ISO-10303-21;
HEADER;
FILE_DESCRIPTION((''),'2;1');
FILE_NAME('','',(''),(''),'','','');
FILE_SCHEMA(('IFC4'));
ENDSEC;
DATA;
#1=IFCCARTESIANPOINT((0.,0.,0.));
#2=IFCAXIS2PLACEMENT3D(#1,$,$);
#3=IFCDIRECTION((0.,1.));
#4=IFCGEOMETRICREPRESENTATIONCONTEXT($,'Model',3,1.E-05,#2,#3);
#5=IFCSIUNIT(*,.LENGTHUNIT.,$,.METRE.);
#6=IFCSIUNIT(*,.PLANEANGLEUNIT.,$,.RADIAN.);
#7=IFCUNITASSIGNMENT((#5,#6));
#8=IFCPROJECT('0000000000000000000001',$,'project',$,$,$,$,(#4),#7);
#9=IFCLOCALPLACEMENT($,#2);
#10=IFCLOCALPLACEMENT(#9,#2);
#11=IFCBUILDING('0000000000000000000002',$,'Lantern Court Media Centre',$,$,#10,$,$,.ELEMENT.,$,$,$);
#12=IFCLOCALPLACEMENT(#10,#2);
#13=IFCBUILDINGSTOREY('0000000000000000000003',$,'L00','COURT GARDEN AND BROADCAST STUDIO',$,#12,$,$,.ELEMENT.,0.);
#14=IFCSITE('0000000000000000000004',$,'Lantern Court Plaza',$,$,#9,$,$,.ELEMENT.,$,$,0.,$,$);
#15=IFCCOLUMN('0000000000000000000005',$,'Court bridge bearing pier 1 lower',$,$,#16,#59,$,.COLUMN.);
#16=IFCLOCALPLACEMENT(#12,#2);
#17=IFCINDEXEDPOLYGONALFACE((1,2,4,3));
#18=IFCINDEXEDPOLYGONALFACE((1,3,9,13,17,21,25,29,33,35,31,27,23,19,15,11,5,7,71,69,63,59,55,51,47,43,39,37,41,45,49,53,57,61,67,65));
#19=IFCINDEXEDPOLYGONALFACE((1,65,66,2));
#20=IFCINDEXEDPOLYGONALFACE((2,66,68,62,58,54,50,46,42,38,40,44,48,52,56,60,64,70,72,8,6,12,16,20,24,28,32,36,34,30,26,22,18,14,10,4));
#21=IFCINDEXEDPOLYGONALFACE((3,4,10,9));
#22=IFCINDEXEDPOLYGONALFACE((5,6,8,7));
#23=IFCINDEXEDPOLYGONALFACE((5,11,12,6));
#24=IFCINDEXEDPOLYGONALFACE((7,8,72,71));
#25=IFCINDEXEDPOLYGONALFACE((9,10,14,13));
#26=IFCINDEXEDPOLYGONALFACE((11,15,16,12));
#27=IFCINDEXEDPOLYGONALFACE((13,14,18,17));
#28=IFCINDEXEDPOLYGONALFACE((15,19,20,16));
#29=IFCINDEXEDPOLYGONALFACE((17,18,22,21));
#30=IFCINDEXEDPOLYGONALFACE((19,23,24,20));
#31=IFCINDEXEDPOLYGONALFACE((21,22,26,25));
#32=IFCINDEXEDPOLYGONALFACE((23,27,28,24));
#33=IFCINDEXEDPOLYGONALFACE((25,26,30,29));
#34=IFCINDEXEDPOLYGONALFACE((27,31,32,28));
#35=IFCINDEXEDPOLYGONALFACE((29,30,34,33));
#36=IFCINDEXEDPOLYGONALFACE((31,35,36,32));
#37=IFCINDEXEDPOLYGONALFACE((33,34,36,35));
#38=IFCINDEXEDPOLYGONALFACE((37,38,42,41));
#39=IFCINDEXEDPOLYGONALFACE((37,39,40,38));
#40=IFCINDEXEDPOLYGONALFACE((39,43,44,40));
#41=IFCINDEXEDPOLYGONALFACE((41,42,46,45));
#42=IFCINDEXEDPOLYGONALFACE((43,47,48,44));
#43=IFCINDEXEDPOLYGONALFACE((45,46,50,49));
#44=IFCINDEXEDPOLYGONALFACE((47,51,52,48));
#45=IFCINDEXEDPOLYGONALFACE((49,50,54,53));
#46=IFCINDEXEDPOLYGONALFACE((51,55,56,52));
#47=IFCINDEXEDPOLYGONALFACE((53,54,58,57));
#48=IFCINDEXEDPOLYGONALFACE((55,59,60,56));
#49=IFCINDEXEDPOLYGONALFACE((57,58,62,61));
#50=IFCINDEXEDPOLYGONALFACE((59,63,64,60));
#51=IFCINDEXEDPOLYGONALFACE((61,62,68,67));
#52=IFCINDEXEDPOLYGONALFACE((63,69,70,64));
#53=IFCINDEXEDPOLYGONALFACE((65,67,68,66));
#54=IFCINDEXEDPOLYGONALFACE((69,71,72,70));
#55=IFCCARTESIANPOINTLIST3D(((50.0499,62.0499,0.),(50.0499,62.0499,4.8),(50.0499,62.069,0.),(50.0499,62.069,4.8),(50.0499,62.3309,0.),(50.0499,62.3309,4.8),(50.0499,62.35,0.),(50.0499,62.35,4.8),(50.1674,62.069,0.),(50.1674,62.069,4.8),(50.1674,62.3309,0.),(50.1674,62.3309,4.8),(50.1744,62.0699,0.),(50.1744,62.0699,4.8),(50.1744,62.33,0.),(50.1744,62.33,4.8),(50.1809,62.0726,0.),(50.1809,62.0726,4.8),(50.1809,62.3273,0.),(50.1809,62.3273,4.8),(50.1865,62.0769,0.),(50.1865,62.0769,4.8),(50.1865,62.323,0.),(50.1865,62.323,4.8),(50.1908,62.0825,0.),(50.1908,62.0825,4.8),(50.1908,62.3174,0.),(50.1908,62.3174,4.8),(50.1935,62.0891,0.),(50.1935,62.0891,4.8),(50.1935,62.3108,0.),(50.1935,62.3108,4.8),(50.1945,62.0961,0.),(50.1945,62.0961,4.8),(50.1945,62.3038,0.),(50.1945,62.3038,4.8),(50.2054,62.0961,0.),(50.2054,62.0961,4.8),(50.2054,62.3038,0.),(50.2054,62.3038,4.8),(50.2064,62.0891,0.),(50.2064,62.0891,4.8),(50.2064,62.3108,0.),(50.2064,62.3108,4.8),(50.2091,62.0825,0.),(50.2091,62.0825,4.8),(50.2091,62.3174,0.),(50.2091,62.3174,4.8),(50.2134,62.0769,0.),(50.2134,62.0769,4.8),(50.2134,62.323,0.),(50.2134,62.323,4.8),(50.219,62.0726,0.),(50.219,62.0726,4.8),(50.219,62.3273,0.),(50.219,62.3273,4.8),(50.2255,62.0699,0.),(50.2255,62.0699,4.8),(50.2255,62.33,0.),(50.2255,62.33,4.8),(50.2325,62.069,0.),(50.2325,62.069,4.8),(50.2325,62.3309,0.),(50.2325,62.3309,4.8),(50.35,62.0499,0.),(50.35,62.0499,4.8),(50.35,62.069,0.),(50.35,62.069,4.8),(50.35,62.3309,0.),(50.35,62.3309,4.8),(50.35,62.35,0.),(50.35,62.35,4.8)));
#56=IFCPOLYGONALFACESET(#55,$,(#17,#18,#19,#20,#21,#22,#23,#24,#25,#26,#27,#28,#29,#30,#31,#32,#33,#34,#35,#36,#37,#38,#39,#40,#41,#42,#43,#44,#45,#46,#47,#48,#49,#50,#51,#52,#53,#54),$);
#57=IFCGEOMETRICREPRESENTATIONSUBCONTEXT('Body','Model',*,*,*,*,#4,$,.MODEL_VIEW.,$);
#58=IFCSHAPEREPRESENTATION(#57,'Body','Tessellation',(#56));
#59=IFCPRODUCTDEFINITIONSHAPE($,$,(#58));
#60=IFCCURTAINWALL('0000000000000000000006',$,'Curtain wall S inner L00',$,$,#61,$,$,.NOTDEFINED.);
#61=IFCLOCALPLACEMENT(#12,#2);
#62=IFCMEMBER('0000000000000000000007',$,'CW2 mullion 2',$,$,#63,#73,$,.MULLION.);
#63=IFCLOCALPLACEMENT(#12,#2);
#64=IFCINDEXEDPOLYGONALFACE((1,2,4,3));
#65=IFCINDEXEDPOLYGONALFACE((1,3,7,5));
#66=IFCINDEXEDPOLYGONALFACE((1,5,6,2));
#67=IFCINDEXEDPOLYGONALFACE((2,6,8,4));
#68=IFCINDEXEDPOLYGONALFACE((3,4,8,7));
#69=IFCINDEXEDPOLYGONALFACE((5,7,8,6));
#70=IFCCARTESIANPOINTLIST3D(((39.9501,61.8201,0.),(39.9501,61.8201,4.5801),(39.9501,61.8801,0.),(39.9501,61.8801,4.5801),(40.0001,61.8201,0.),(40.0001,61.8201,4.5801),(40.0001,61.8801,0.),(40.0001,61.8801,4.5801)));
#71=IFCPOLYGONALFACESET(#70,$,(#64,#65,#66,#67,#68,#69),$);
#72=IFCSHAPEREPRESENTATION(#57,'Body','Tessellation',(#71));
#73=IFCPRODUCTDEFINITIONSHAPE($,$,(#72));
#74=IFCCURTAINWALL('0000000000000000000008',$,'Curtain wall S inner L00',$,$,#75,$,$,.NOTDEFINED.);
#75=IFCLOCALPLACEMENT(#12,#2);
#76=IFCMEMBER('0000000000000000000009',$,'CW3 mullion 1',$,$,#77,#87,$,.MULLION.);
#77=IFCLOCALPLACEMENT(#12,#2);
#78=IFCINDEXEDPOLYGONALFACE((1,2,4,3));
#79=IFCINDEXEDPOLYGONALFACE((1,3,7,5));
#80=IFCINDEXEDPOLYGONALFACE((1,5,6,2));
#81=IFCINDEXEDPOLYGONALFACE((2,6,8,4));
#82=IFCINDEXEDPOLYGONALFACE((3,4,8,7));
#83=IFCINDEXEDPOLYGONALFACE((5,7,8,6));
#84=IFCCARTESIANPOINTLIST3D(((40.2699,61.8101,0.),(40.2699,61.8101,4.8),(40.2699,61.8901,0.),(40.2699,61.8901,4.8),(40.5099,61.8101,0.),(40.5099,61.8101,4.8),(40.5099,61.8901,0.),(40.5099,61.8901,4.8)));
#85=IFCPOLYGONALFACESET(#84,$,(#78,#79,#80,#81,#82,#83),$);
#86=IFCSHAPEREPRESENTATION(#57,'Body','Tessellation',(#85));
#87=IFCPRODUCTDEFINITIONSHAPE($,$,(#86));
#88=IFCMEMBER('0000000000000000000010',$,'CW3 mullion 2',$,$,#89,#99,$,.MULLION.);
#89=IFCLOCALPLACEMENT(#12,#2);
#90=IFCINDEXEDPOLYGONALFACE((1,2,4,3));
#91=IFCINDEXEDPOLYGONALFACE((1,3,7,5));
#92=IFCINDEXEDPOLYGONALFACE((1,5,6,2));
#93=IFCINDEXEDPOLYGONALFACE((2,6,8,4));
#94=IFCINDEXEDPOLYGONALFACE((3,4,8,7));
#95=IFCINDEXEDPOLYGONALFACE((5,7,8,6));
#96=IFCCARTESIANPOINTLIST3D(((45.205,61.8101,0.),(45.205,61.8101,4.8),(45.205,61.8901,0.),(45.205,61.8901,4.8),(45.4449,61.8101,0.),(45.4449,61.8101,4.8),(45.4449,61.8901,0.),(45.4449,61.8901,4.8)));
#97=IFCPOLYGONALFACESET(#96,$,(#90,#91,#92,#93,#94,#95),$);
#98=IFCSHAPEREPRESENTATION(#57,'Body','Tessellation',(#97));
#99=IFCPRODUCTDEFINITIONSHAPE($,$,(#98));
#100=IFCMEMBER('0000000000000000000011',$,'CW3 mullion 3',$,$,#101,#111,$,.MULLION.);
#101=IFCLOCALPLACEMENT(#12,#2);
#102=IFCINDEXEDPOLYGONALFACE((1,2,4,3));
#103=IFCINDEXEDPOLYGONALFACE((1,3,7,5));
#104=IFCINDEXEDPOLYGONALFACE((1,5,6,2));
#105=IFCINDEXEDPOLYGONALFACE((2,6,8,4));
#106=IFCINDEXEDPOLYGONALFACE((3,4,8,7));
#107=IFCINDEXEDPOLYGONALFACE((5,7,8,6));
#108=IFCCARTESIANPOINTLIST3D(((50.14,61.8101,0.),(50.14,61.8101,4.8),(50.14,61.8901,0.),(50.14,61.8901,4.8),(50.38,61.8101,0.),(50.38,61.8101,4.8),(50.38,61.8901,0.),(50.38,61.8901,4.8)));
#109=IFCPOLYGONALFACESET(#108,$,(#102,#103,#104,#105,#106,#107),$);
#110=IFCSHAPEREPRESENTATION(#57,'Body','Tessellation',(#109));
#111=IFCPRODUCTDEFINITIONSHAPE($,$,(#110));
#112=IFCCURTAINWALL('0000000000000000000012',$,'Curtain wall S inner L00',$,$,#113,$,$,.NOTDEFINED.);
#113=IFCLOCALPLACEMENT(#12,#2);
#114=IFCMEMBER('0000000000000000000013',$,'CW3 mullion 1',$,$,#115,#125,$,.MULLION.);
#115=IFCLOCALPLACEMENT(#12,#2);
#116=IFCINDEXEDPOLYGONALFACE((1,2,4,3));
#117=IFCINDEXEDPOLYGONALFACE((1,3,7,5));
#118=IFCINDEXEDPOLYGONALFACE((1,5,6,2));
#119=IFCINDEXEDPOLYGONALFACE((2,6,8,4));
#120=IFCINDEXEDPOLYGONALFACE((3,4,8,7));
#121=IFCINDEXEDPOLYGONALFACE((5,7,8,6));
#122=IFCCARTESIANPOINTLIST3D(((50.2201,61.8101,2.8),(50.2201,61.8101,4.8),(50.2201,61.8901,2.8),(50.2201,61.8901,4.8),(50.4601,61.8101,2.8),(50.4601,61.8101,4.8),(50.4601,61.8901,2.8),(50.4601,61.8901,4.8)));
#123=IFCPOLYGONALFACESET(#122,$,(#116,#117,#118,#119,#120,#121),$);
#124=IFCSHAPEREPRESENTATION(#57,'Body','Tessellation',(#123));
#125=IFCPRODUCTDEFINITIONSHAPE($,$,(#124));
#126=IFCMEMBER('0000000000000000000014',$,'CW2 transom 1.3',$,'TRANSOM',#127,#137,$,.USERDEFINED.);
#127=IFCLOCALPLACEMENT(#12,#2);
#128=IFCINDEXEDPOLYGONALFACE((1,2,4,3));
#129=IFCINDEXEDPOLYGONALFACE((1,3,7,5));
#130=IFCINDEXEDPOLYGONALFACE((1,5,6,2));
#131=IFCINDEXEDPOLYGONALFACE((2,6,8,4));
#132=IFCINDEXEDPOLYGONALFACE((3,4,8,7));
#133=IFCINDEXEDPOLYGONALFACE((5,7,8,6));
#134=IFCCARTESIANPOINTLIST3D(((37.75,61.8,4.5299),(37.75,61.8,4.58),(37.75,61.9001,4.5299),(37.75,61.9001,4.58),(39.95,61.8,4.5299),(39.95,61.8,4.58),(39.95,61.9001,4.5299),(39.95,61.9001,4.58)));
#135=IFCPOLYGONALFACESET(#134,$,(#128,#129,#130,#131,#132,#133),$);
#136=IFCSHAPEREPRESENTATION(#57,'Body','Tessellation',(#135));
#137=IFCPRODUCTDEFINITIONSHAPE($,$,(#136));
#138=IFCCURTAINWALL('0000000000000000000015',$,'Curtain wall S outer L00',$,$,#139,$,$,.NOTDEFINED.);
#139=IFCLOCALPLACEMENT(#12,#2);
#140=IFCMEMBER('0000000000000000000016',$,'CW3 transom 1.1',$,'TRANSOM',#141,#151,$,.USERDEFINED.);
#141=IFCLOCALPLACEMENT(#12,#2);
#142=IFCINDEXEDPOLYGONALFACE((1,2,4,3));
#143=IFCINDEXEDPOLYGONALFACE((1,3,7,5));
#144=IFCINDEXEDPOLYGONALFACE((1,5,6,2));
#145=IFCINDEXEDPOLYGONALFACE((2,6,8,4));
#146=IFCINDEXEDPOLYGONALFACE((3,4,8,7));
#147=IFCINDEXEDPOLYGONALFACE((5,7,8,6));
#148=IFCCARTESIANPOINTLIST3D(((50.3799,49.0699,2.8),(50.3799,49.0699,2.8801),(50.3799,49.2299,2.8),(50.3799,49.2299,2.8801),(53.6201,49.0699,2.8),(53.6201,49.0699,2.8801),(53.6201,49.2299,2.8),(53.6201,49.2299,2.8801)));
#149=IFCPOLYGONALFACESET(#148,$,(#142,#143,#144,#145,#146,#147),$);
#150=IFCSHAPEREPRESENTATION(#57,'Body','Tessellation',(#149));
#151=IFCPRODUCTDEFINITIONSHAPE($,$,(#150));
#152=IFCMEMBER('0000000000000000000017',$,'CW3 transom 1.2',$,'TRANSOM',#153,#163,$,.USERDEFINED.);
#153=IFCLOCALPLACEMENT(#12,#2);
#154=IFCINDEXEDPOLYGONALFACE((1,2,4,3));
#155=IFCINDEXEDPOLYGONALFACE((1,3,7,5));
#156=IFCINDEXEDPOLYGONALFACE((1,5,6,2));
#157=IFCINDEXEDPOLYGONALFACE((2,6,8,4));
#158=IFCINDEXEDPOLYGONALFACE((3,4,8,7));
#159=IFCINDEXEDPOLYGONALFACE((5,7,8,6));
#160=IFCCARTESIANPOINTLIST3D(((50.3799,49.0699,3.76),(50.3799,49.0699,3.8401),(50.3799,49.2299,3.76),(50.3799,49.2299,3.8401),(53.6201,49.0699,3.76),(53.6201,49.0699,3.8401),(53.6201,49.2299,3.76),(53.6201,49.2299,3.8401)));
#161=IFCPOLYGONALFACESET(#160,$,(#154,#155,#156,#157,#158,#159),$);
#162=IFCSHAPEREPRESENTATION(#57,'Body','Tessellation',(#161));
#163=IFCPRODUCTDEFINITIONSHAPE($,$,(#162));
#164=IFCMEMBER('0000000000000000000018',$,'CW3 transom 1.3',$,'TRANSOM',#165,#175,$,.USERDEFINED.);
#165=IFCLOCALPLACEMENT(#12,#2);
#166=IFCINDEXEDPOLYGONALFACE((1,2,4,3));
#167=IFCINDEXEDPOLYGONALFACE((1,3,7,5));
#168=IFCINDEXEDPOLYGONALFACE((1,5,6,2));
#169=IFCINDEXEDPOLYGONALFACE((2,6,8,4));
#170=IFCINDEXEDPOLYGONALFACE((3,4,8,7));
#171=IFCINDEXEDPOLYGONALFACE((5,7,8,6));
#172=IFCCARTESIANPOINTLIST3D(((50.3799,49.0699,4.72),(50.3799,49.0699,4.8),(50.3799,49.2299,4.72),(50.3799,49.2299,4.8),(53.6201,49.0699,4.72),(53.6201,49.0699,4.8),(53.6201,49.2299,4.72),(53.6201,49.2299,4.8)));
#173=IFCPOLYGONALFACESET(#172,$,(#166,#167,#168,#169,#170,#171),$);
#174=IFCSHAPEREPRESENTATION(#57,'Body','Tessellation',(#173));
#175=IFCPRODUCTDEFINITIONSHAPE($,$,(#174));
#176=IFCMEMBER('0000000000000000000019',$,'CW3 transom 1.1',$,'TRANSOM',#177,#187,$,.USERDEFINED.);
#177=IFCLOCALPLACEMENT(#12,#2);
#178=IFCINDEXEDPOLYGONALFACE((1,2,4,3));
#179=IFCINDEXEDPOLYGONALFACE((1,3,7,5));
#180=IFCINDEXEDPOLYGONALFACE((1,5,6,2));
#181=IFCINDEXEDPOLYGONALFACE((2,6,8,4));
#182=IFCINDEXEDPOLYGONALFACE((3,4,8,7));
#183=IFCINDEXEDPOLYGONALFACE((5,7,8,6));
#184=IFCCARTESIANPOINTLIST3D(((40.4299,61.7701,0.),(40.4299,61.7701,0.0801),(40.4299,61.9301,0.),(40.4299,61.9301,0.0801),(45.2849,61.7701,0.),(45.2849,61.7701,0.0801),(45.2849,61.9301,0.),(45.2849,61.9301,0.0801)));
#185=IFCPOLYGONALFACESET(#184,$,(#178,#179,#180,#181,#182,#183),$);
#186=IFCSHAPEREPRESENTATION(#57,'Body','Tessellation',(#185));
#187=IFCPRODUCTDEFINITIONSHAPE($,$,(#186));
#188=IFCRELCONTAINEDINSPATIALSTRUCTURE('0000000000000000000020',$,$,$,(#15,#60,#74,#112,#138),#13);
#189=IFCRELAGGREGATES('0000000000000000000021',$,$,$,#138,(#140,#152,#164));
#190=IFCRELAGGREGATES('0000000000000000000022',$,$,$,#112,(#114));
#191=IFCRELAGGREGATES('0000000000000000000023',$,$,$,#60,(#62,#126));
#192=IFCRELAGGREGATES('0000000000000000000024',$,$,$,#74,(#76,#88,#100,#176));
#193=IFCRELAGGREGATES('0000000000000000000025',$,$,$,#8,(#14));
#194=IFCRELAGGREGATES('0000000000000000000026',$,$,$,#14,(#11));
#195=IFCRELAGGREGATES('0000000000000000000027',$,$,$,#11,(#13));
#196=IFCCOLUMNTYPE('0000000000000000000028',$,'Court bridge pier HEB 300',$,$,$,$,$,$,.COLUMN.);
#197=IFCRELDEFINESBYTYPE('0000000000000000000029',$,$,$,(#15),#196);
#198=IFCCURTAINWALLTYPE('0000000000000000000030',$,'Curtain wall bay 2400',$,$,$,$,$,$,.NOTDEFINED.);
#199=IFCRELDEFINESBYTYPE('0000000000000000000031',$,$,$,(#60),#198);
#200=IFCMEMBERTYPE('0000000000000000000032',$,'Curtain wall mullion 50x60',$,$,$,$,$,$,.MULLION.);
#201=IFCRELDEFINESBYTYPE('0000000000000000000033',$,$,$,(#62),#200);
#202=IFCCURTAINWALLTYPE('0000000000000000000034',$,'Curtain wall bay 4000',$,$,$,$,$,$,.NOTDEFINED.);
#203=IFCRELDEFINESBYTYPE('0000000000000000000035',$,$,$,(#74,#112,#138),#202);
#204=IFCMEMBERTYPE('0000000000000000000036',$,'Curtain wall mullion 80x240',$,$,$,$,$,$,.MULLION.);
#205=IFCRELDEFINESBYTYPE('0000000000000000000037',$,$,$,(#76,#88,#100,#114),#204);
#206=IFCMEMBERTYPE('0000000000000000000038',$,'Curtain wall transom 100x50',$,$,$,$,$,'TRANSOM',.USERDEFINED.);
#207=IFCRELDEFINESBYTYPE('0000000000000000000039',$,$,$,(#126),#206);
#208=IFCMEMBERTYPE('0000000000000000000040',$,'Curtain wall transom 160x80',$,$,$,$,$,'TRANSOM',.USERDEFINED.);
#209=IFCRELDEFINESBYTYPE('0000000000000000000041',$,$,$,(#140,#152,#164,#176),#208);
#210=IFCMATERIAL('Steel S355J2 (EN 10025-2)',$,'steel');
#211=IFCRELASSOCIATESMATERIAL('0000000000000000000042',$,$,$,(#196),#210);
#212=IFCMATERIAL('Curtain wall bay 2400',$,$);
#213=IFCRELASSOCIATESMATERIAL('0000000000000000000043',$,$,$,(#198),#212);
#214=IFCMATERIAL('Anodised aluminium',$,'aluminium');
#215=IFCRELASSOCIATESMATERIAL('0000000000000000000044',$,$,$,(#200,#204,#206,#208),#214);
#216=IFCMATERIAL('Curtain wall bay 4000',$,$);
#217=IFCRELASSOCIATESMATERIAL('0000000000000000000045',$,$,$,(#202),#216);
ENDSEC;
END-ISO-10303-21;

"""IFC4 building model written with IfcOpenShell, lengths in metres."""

from ifc_helpers import new_model, si_unit, direction, frame, origin, origin_2d, place, context, subcontext, project, spatial, rectangle, i_section, extrude, material, material_profile, profile_set, type_object, element, aggregate, save


model = new_model("IFC4")

# Units and contexts
model_context = context("Model", 3, precision=1e-05, world=origin(), true_north=direction((0.0, 1.0)))
body_context = subcontext(model_context, "Body", "Model", "MODEL_VIEW")
ifc_project = project(units=[si_unit("LENGTHUNIT", "METRE"), si_unit("PLANEANGLEUNIT", "RADIAN")], contexts=[model_context])

# Site, building, storey
site_placement = place(None, origin())
site = spatial("IfcSite", under=ifc_project, at=site_placement, Name="Lantern Court Plaza", CompositionType="ELEMENT", RefElevation=0.0)
building_placement = place(site_placement, origin())
building = spatial("IfcBuilding", under=site, at=building_placement, Name="Lantern Court Media Centre", CompositionType="ELEMENT")
storey_placement = place(building_placement, origin())
storey = spatial("IfcBuildingStorey", under=building, at=storey_placement, Name="L00", Description="COURT GARDEN AND BROADCAST STUDIO", CompositionType="ELEMENT", Elevation=0.0)

# Column
ifc_material_1 = material(Name="Steel S355J2 (EN 10025-2)", Category="steel")
ifc_material_profile_1 = material_profile(ifc_material_1, i_section(OverallWidth=0.3, OverallDepth=0.3, WebThickness=0.011, FlangeThickness=0.019, FilletRadius=0.0271, at=origin_2d()), Name="HEB 300")
ifc_profile_set_1 = profile_set([ifc_material_profile_1], Name="Steel S355J2 (EN 10025-2)")
column_type = type_object("IfcColumnType", Name="Court bridge pier HEB 300", PredefinedType="COLUMN", material=ifc_profile_set_1)
column_placement = place(storey_placement, frame((50.2, 62.2, 0.0), z_axis=(0.0, 0.0, 1.0), x_axis=(1.0, 0.0, 0.0)))
element("IfcColumn", 1, at=column_placement, inside=storey, type_object=column_type, Name="Court bridge bearing pier 1 lower", PredefinedType="COLUMN", context=body_context, shape_type="SweptSolid", body=[
    extrude(i_section(OverallWidth=0.3, OverallDepth=0.3, WebThickness=0.011, FlangeThickness=0.019, FilletRadius=0.0271, at=origin_2d()), origin(), (0.0, 0.0, 1.0), 4.8),
])

# Curtain wall, member
ifc_material_2 = material(Name="Curtain wall bay 2400")
curtain_wall_type_1 = type_object("IfcCurtainWallType", Name="Curtain wall bay 2400", PredefinedType="NOTDEFINED", material=ifc_material_2)
curtain_wall_1_placement = place(storey_placement, origin())
curtain_wall_1 = element("IfcCurtainWall", 2, at=curtain_wall_1_placement, inside=storey, type_object=curtain_wall_type_1, Name="Curtain wall S inner L00", PredefinedType="NOTDEFINED")
ifc_material_3 = material(Name="Anodised aluminium", Category="aluminium")
ifc_material_profile_2 = material_profile(ifc_material_3, rectangle(XDim=0.0601, YDim=0.05, at=origin_2d()), Name="AL 50x60")
ifc_profile_set_2 = profile_set([ifc_material_profile_2], Name="Anodised aluminium")
member_type_1 = type_object("IfcMemberType", Name="Curtain wall mullion 50x60", PredefinedType="MULLION", material=ifc_profile_set_2)
member_1_placement = place(storey_placement, frame((39.9751, 61.8501, 0.0), z_axis=(0.0, 0.0, 1.0), x_axis=(0.0, 1.0, 0.0)))
member_1 = element("IfcMember", 3, at=member_1_placement, type_object=member_type_1, Name="CW2 mullion 2", PredefinedType="MULLION", context=body_context, shape_type="SweptSolid", body=[
    extrude(rectangle(XDim=0.0601, YDim=0.05, at=origin_2d()), origin(), (0.0, 0.0, 1.0), 4.5801),
])

# Curtain wall, members
ifc_material_4 = material(Name="Curtain wall bay 4000")
curtain_wall_type_2 = type_object("IfcCurtainWallType", Name="Curtain wall bay 4000", PredefinedType="NOTDEFINED", material=ifc_material_4)
curtain_wall_2_placement = place(storey_placement, origin())
curtain_wall_2 = element("IfcCurtainWall", 4, at=curtain_wall_2_placement, inside=storey, type_object=curtain_wall_type_2, Name="Curtain wall S inner L00", PredefinedType="NOTDEFINED")
ifc_material_profile_3 = material_profile(ifc_material_3, rectangle(XDim=0.0801, YDim=0.24, at=origin_2d()), Name="AL 80x240")
ifc_profile_set_3 = profile_set([ifc_material_profile_3], Name="Anodised aluminium")
member_type_2 = type_object("IfcMemberType", Name="Curtain wall mullion 80x240", PredefinedType="MULLION", material=ifc_profile_set_3)
member_2_placement = place(storey_placement, frame((40.3899, 61.8501, 0.0), z_axis=(0.0, 0.0, 1.0), x_axis=(0.0, 1.0, 0.0)))
member_2 = element("IfcMember", 5, at=member_2_placement, type_object=member_type_2, Name="CW3 mullion 1", PredefinedType="MULLION", context=body_context, shape_type="SweptSolid", body=[
    extrude(rectangle(XDim=0.0801, YDim=0.24, at=origin_2d()), origin(), (0.0, 0.0, 1.0), 4.8),
])
member_3_placement = place(storey_placement, frame((45.325, 61.8501, 0.0), z_axis=(0.0, 0.0, 1.0), x_axis=(0.0, 1.0, 0.0)))
member_3 = element("IfcMember", 6, at=member_3_placement, type_object=member_type_2, Name="CW3 mullion 2", PredefinedType="MULLION", context=body_context, shape_type="SweptSolid", body=[
    extrude(rectangle(XDim=0.0801, YDim=0.24, at=origin_2d()), origin(), (0.0, 0.0, 1.0), 4.8),
])
member_4_placement = place(storey_placement, frame((50.26, 61.8501, 0.0), z_axis=(0.0, 0.0, 1.0), x_axis=(0.0, 1.0, 0.0)))
member_4 = element("IfcMember", 7, at=member_4_placement, type_object=member_type_2, Name="CW3 mullion 3", PredefinedType="MULLION", context=body_context, shape_type="SweptSolid", body=[
    extrude(rectangle(XDim=0.0801, YDim=0.24, at=origin_2d()), origin(), (0.0, 0.0, 1.0), 4.8),
])

# Curtain wall, member
curtain_wall_3_placement = place(storey_placement, origin())
curtain_wall_3 = element("IfcCurtainWall", 8, at=curtain_wall_3_placement, inside=storey, type_object=curtain_wall_type_2, Name="Curtain wall S inner L00", PredefinedType="NOTDEFINED")
member_5_placement = place(storey_placement, frame((50.3401, 61.8501, 2.8), z_axis=(0.0, 0.0, 1.0), x_axis=(0.0, 1.0, 0.0)))
member_5 = element("IfcMember", 9, at=member_5_placement, type_object=member_type_2, Name="CW3 mullion 1", PredefinedType="MULLION", context=body_context, shape_type="SweptSolid", body=[
    extrude(rectangle(XDim=0.0801, YDim=0.24, at=origin_2d()), origin(), (0.0, 0.0, 1.0), 2.0),
])

# Member
ifc_material_profile_4 = material_profile(ifc_material_3, rectangle(XDim=0.1001, YDim=0.05, at=origin_2d()), Name="AL 50x100")
ifc_profile_set_4 = profile_set([ifc_material_profile_4], Name="Anodised aluminium")
member_type_3 = type_object("IfcMemberType", Name="Curtain wall transom 100x50", ElementType="TRANSOM", PredefinedType="USERDEFINED", material=ifc_profile_set_4)
member_6_placement = place(storey_placement, frame((37.75, 61.8501, 4.5549), z_axis=(1.0, 0.0, 0.0), x_axis=(0.0, 1.0, 0.0)))
member_6 = element("IfcMember", 10, at=member_6_placement, type_object=member_type_3, Name="CW2 transom 1.3", ObjectType="TRANSOM", PredefinedType="USERDEFINED", context=body_context, shape_type="SweptSolid", body=[
    extrude(rectangle(XDim=0.1001, YDim=0.05, at=origin_2d()), origin(), (0.0, 0.0, 1.0), 2.2),
])

# Curtain wall, members
curtain_wall_4_placement = place(storey_placement, origin())
curtain_wall_4 = element("IfcCurtainWall", 11, at=curtain_wall_4_placement, inside=storey, type_object=curtain_wall_type_2, Name="Curtain wall S outer L00", PredefinedType="NOTDEFINED")
ifc_material_profile_5 = material_profile(ifc_material_3, rectangle(XDim=0.1599, YDim=0.0801, at=origin_2d()), Name="AL 80x160")
ifc_profile_set_5 = profile_set([ifc_material_profile_5], Name="Anodised aluminium")
member_type_4 = type_object("IfcMemberType", Name="Curtain wall transom 160x80", ElementType="TRANSOM", PredefinedType="USERDEFINED", material=ifc_profile_set_5)
member_7_placement = place(storey_placement, frame((50.3799, 49.1499, 2.8401), z_axis=(1.0, 0.0, 0.0), x_axis=(0.0, 1.0, 0.0)))
member_7 = element("IfcMember", 12, at=member_7_placement, type_object=member_type_4, Name="CW3 transom 1.1", ObjectType="TRANSOM", PredefinedType="USERDEFINED", context=body_context, shape_type="SweptSolid", body=[
    extrude(rectangle(XDim=0.1599, YDim=0.0801, at=origin_2d()), origin(), (0.0, 0.0, 1.0), 3.2402),
])
member_8_placement = place(storey_placement, frame((50.3799, 49.1499, 3.8), z_axis=(1.0, 0.0, 0.0), x_axis=(0.0, 1.0, 0.0)))
member_8 = element("IfcMember", 13, at=member_8_placement, type_object=member_type_4, Name="CW3 transom 1.2", ObjectType="TRANSOM", PredefinedType="USERDEFINED", context=body_context, shape_type="SweptSolid", body=[
    extrude(rectangle(XDim=0.1599, YDim=0.0801, at=origin_2d()), origin(), (0.0, 0.0, 1.0), 3.2402),
])
member_9_placement = place(storey_placement, frame((50.3799, 49.1499, 4.76), z_axis=(1.0, 0.0, 0.0), x_axis=(0.0, 1.0, 0.0)))
member_9 = element("IfcMember", 14, at=member_9_placement, type_object=member_type_4, Name="CW3 transom 1.3", ObjectType="TRANSOM", PredefinedType="USERDEFINED", context=body_context, shape_type="SweptSolid", body=[
    extrude(rectangle(XDim=0.1599, YDim=0.0801, at=origin_2d()), origin(), (0.0, 0.0, 1.0), 3.2402),
])
aggregate(curtain_wall_4, [member_7, member_8, member_9])

# Member
member_10_placement = place(storey_placement, frame((40.4299, 61.8501, 0.04), z_axis=(1.0, 0.0, 0.0), x_axis=(0.0, 1.0, 0.0)))
member_10 = element("IfcMember", 15, at=member_10_placement, type_object=member_type_4, Name="CW3 transom 1.1", ObjectType="TRANSOM", PredefinedType="USERDEFINED", context=body_context, shape_type="SweptSolid", body=[
    extrude(rectangle(XDim=0.1599, YDim=0.0801, at=origin_2d()), origin(), (0.0, 0.0, 1.0), 4.855),
])
aggregate(curtain_wall_3, [member_5])

aggregate(curtain_wall_1, [member_1, member_6])
aggregate(curtain_wall_2, [member_2, member_3, member_4, member_10])

save(model, "model.ifc")
